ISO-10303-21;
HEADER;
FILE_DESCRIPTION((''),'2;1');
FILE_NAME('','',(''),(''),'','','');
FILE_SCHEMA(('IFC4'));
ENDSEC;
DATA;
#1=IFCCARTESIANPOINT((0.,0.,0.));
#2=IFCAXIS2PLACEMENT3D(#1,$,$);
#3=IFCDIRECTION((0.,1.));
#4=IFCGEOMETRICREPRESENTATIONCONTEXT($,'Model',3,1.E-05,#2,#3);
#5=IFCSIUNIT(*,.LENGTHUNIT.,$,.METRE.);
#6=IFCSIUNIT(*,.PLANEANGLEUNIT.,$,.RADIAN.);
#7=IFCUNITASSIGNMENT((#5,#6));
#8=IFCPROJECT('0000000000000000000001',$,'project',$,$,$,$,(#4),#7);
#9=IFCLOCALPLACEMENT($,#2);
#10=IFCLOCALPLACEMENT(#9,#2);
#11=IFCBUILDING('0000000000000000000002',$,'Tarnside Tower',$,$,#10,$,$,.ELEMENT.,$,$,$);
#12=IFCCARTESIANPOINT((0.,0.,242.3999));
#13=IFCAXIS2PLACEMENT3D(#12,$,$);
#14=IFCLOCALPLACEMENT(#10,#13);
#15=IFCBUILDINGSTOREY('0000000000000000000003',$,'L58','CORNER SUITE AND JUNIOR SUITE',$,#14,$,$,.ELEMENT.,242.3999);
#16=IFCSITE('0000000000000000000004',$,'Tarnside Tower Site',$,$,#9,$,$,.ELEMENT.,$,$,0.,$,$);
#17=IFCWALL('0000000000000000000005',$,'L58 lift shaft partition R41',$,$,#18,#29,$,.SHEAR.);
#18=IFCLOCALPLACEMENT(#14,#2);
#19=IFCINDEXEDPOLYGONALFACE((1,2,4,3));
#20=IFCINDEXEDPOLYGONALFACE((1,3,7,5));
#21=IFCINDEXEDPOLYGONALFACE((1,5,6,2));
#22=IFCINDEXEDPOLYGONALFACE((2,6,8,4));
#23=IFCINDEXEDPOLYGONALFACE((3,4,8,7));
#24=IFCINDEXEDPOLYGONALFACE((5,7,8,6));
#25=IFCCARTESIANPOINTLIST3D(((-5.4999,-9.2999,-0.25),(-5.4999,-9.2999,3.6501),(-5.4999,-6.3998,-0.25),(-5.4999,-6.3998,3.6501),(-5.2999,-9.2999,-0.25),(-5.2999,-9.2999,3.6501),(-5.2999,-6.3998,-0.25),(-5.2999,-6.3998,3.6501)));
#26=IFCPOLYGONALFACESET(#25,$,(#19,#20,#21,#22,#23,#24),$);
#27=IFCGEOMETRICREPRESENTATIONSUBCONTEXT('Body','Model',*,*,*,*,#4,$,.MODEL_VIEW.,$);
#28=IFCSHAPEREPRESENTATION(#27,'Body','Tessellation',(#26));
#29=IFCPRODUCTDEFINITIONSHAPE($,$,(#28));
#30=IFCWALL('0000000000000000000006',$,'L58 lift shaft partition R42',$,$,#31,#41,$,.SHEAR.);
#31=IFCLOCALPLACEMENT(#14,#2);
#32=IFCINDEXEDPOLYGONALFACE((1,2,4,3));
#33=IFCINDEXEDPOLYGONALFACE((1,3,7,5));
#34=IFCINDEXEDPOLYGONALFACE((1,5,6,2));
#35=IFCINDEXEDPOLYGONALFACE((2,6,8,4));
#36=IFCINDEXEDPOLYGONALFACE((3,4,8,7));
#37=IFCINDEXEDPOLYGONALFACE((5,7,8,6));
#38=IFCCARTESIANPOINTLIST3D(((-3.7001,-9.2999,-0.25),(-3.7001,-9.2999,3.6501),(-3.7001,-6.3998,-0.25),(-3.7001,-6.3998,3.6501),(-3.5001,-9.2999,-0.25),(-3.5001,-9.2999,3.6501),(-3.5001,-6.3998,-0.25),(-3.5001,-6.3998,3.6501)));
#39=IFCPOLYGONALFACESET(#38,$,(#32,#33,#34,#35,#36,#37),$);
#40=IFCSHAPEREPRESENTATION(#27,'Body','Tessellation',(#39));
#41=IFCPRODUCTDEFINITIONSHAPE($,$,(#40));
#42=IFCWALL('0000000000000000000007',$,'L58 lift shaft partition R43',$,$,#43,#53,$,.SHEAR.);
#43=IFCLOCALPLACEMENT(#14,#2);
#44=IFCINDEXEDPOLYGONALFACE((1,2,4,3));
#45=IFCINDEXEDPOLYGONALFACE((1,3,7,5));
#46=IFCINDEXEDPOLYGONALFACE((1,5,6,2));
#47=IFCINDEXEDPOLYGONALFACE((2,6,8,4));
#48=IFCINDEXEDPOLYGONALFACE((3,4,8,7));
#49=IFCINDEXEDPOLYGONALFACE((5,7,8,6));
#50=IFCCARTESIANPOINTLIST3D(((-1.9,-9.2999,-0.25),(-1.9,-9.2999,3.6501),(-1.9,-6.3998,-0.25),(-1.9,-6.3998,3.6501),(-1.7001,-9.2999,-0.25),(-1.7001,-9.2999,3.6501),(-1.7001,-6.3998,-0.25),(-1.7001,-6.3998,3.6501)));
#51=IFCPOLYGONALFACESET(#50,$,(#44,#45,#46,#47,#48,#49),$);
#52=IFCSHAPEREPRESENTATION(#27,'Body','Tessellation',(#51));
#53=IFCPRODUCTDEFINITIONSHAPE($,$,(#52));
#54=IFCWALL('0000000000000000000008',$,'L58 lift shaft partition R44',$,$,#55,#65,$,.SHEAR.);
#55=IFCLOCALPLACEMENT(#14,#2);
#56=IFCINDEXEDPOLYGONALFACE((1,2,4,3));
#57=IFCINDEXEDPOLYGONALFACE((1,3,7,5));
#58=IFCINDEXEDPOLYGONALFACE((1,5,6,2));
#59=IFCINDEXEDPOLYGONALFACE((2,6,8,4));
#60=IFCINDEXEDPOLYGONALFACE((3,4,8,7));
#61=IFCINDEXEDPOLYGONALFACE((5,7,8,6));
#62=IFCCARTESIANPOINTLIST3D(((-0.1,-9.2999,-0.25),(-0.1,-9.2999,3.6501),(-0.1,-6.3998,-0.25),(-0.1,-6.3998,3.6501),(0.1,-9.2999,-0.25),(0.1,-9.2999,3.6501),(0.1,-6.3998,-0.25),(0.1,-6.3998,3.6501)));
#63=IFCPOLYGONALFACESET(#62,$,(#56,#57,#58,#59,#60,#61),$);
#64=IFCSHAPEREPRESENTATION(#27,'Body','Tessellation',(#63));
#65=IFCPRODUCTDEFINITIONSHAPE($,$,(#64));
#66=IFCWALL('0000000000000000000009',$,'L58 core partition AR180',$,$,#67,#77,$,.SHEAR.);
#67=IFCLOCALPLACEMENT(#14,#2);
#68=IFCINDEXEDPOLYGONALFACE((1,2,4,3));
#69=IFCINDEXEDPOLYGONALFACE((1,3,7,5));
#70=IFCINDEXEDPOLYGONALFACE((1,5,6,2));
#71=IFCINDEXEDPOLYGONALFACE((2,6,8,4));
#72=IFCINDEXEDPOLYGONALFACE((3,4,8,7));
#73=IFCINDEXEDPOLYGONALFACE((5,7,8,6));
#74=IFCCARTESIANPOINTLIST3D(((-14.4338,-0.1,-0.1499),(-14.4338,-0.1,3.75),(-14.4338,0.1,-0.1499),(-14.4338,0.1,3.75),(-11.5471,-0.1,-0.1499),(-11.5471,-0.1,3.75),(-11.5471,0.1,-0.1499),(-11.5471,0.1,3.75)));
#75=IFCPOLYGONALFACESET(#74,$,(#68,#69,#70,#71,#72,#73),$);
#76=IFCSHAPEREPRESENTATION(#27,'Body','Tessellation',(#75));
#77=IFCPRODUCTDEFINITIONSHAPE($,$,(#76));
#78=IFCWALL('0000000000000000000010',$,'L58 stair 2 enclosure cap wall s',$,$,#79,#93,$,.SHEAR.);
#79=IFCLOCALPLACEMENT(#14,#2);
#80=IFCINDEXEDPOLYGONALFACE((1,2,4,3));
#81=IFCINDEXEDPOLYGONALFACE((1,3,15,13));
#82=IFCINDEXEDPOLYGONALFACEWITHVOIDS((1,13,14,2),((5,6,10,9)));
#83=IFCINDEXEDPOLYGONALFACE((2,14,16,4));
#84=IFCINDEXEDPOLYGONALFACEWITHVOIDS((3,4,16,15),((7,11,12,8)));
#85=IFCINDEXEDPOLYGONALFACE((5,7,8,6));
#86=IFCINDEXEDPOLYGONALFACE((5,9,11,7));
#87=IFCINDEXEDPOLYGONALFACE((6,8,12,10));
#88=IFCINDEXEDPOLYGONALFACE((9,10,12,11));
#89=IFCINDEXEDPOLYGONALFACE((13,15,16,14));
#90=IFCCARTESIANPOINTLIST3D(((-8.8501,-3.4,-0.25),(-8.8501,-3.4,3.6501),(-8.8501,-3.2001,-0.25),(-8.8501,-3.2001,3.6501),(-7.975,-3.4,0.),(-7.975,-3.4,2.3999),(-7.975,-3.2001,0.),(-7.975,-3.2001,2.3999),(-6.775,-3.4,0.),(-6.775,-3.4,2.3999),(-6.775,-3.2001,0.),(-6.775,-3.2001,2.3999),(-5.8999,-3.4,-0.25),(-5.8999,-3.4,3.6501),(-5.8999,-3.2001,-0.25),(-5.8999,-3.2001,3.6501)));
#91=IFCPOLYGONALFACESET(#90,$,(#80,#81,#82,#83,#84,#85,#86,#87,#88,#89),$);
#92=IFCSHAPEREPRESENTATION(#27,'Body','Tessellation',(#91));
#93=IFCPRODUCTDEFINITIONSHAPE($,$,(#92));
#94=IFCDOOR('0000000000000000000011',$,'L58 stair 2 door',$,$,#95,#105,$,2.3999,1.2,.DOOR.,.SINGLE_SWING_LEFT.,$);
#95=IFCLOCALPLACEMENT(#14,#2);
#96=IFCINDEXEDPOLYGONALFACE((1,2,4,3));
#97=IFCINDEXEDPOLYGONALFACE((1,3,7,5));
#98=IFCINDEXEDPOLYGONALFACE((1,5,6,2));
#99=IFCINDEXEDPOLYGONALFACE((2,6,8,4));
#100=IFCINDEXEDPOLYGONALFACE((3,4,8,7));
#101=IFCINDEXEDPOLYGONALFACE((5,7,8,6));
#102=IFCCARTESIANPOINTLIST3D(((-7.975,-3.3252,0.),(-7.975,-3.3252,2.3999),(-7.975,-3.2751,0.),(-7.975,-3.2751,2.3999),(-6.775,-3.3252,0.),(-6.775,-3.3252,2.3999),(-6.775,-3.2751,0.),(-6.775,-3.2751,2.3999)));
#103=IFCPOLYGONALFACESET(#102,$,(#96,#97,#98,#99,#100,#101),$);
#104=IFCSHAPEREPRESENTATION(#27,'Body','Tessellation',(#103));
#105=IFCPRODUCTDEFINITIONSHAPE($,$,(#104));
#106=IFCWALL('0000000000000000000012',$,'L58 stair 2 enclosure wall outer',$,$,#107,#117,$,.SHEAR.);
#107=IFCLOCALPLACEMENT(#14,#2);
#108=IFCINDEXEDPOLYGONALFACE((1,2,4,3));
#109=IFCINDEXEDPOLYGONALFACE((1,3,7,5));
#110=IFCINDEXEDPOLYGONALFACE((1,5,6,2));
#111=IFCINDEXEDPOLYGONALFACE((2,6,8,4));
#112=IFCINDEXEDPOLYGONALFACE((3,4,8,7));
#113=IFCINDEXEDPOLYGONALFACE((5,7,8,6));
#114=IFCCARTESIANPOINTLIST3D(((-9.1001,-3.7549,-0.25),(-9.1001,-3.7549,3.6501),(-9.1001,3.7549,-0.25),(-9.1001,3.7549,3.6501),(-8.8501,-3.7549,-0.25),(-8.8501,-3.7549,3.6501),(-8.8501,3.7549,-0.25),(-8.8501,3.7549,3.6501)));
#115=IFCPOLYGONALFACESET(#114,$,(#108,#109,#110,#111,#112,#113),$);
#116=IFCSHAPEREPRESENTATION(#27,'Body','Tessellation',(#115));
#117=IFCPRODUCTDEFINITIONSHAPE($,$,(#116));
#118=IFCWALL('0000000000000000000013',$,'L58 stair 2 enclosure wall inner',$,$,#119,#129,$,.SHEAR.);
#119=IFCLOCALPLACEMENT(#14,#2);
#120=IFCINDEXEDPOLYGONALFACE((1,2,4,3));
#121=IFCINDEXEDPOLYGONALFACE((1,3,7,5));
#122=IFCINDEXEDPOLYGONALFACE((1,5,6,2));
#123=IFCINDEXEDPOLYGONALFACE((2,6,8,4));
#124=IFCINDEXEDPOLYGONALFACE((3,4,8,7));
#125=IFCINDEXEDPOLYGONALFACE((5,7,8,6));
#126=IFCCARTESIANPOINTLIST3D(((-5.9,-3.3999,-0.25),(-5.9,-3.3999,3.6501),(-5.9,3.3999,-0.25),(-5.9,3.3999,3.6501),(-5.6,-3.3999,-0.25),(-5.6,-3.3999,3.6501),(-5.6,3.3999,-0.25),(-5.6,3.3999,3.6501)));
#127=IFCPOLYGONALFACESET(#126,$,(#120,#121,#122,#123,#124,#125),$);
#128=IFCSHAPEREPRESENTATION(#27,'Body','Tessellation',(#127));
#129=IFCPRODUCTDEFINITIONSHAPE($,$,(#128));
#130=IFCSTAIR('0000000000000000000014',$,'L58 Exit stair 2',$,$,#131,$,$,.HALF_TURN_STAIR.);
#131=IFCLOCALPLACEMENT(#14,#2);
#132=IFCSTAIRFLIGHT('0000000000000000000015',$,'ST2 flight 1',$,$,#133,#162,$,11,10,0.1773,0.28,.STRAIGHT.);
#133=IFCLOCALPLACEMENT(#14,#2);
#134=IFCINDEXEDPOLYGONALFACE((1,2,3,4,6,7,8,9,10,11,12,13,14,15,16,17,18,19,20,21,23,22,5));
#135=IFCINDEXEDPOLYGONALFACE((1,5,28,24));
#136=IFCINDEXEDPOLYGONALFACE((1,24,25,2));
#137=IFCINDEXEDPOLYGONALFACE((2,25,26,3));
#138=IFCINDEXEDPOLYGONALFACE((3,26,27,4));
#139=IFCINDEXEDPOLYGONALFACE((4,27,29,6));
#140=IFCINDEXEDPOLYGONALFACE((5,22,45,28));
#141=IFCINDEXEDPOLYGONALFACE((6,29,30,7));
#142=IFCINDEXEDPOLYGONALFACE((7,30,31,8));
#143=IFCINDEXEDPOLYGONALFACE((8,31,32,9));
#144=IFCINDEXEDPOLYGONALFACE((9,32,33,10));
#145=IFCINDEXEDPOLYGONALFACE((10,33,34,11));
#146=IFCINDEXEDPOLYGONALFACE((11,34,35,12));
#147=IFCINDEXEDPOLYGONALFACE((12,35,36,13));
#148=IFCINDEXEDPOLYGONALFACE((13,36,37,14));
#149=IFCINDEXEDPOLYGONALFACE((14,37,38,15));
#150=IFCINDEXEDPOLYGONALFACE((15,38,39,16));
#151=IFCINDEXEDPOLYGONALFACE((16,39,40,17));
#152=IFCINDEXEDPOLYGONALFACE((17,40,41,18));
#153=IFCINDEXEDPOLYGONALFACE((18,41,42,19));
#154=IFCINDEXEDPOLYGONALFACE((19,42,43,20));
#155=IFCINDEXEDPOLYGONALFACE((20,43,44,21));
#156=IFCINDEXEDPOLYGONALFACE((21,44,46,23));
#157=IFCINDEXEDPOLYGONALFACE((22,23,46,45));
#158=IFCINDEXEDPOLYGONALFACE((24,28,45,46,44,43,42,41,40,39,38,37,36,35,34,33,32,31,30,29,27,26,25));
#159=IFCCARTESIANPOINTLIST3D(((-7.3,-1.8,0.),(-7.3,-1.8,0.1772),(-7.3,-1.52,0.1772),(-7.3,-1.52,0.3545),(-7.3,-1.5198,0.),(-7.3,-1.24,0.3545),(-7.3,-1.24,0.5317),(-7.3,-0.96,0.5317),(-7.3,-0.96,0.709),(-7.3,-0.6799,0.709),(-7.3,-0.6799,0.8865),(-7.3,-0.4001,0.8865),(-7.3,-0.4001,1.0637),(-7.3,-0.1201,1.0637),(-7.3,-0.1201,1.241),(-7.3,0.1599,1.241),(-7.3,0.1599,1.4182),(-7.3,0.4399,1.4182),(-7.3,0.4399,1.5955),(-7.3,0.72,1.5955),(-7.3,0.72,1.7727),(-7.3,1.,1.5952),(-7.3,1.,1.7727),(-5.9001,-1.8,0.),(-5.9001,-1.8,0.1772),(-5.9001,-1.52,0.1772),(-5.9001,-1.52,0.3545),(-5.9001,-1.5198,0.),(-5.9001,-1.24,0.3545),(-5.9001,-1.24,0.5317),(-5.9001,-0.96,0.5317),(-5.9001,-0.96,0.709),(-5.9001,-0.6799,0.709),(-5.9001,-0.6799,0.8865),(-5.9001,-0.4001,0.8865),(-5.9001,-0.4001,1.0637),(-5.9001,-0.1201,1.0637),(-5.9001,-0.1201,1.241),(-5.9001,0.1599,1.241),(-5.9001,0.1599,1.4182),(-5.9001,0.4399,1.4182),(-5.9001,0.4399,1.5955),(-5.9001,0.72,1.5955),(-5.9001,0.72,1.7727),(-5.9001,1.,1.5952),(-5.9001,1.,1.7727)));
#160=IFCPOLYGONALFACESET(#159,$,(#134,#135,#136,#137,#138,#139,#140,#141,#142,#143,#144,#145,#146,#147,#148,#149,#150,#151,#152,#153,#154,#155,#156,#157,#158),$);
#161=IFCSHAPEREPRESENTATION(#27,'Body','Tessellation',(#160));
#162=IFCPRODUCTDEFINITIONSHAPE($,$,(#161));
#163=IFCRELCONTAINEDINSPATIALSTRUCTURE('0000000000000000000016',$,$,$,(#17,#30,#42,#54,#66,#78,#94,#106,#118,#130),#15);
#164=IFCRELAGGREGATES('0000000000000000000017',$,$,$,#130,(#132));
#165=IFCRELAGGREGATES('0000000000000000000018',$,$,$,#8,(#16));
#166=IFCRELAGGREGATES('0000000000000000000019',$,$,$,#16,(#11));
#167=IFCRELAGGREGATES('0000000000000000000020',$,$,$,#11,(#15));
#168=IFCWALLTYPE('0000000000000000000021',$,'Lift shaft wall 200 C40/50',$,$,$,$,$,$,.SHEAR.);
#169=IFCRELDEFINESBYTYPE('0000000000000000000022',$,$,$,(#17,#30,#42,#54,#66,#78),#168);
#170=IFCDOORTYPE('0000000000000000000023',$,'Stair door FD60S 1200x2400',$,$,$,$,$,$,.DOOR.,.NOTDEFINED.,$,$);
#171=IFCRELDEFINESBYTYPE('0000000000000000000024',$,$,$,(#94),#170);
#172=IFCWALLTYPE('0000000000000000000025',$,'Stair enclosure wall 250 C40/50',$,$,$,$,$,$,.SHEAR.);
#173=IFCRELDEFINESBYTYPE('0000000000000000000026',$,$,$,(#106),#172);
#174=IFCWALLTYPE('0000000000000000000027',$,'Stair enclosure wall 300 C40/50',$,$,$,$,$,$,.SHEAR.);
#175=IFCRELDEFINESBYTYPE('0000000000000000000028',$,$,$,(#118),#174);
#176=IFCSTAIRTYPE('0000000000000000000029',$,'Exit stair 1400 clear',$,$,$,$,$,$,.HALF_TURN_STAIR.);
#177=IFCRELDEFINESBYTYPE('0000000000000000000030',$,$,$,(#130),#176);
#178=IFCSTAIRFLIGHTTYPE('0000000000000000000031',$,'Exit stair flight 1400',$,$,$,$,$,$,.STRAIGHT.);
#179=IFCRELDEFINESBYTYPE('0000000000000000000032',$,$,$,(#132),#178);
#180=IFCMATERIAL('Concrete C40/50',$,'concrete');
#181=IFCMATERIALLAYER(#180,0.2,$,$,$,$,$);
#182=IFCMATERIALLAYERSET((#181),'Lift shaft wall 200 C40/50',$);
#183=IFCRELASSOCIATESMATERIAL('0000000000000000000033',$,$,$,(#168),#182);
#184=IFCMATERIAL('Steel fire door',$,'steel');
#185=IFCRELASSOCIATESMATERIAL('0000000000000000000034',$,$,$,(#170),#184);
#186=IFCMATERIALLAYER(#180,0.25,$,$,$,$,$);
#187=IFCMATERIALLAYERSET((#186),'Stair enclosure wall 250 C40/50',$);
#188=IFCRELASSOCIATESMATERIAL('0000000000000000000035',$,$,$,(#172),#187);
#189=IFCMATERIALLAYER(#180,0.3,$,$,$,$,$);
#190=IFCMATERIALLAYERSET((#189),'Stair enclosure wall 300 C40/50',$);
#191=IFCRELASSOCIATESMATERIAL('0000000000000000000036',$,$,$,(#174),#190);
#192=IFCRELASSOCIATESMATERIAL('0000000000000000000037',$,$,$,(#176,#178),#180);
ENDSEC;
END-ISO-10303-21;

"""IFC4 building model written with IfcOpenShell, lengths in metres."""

from ifc_helpers import new_model, si_unit, direction, frame, frame_2d, origin, place, context, subcontext, project, spatial, polyline, rectangle, outline, extrude, material, layer, layer_set, type_object, element, fill, aggregate, save


model = new_model("IFC4")

# Units and contexts
model_context = context("Model", 3, precision=1e-05, world=origin(), true_north=direction((0.0, 1.0)))
body_context = subcontext(model_context, "Body", "Model", "MODEL_VIEW")
ifc_project = project(units=[si_unit("LENGTHUNIT", "METRE"), si_unit("PLANEANGLEUNIT", "RADIAN")], contexts=[model_context])

# Site, building, storey
site_placement = place(None, origin())
site = spatial("IfcSite", under=ifc_project, at=site_placement, Name="Tarnside Tower Site", CompositionType="ELEMENT", RefElevation=0.0)
building_placement = place(site_placement, origin())
building = spatial("IfcBuilding", under=site, at=building_placement, Name="Tarnside Tower", CompositionType="ELEMENT")
storey_placement = place(building_placement, frame((0.0, 0.0, 242.3999)))
storey = spatial("IfcBuildingStorey", under=building, at=storey_placement, Name="L58", Description="CORNER SUITE AND JUNIOR SUITE", CompositionType="ELEMENT", Elevation=242.3999)

# Shared definitions
ifc_material_1 = material(Name="Concrete C40/50", Category="concrete")

# Shared definitions
ifc_layer_1 = layer(ifc_material_1, 0.2)
ifc_layer_set_1 = layer_set([ifc_layer_1], Name="Lift shaft wall 200 C40/50")
wall_type_1 = type_object("IfcWallType", Name="Lift shaft wall 200 C40/50", PredefinedType="SHEAR", material=ifc_layer_set_1)

# Walls
for number, where, z_axis, x_axis, name in (
    (1, (-5.3999, -9.3, -0.25), (0.0, 0.0, 1.0), (0.0, 1.0, 0.0), "L58 lift shaft partition R41"),
    (2, (-3.6001, -9.3, -0.25), (0.0, 0.0, 1.0), (0.0, 1.0, 0.0), "L58 lift shaft partition R42"),
    (3, (-1.8, -9.3, -0.25), (0.0, 0.0, 1.0), (0.0, 1.0, 0.0), "L58 lift shaft partition R43"),
    (4, (0.0, -9.3, -0.25), (0.0, 0.0, 1.0), (0.0, 1.0, 0.0), "L58 lift shaft partition R44"),
):
    element("IfcWall", number, at=place(storey_placement, frame(where, z_axis=z_axis, x_axis=x_axis)), inside=storey, type_object=wall_type_1, Name=name, PredefinedType="SHEAR", context=body_context, shape_type="SweptSolid", body=[
        extrude(rectangle(XDim=2.9001, YDim=0.2, at=frame_2d((1.4502, 0.0))), origin(), (0.0, 0.0, 1.0), 3.9001),
    ])
wall_1_placement = place(storey_placement, frame((-11.5471, 0.0, -0.1499), z_axis=(0.0, 0.0, 1.0), x_axis=(-1.0, 0.0, 0.0)))
element("IfcWall", 5, at=wall_1_placement, inside=storey, type_object=wall_type_1, Name="L58 core partition AR180", PredefinedType="SHEAR", context=body_context, shape_type="SweptSolid", body=[
    extrude(rectangle(XDim=2.8867, YDim=0.2, at=frame_2d((1.4434, 0.0))), origin(), (0.0, 0.0, 1.0), 3.8999),
])

# Wall, opening, door
wall_2_placement = place(storey_placement, frame((-8.8501, -3.3, -0.25), z_axis=(0.0, 0.0, 1.0), x_axis=(1.0, 0.0, 0.0)))
wall_2 = element("IfcWall", 6, at=wall_2_placement, inside=storey, type_object=wall_type_1, Name="L58 stair 2 enclosure cap wall s", PredefinedType="SHEAR", context=body_context, shape_type="SweptSolid", body=[
    extrude(rectangle(XDim=2.9502, YDim=0.2, at=frame_2d((1.4751, 0.0))), origin(), (0.0, 0.0, 1.0), 3.9001),
])
opening_1_placement = place(wall_2_placement, frame((0.875, 0.0, 0.25)))
opening_1 = element("IfcOpeningElement", 7, at=opening_1_placement, cuts=wall_2, PredefinedType="OPENING", context=body_context, shape_type="SweptSolid", body=[
    extrude(rectangle(XDim=1.2, YDim=2.3999, at=frame_2d((0.6001, 1.2))), frame((0.0, 0.1099, 0.0), z_axis=(0.0, -1.0, 0.0), x_axis=(1.0, 0.0, 0.0)), (0.0, 0.0, 1.0), 0.22),
])
ifc_material_2 = material(Name="Steel fire door", Category="steel")
door_type_1 = type_object("IfcDoorType", Name="Stair door FD60S 1200x2400", OperationType="NOTDEFINED", PredefinedType="DOOR", material=ifc_material_2)
door_1_placement = place(opening_1_placement, origin())
door_1 = element("IfcDoor", 8, at=door_1_placement, inside=storey, type_object=door_type_1, Name="L58 stair 2 door", OperationType="SINGLE_SWING_LEFT", OverallHeight=2.3999, OverallWidth=1.2, PredefinedType="DOOR", context=body_context, shape_type="SweptSolid", body=[
    extrude(rectangle(XDim=1.2, YDim=2.3999, at=frame_2d((0.6001, 1.2))), frame((0.0, 0.0249, 0.0), z_axis=(0.0, -1.0, 0.0), x_axis=(1.0, 0.0, 0.0)), (0.0, 0.0, 1.0), 0.05),
])
fill(opening_1, door_1)

# Walls
ifc_layer_2 = layer(ifc_material_1, 0.25)
ifc_layer_set_2 = layer_set([ifc_layer_2], Name="Stair enclosure wall 250 C40/50")
wall_type_2 = type_object("IfcWallType", Name="Stair enclosure wall 250 C40/50", PredefinedType="SHEAR", material=ifc_layer_set_2)
wall_3_placement = place(storey_placement, frame((-8.9751, -3.7549, -0.25), z_axis=(0.0, 0.0, 1.0), x_axis=(0.0, 1.0, 0.0)))
element("IfcWall", 9, at=wall_3_placement, inside=storey, type_object=wall_type_2, Name="L58 stair 2 enclosure wall outer", PredefinedType="SHEAR", context=body_context, shape_type="SweptSolid", body=[
    extrude(rectangle(XDim=7.5098, YDim=0.25, at=frame_2d((3.7549, 0.0))), origin(), (0.0, 0.0, 1.0), 3.9001),
])
ifc_layer_3 = layer(ifc_material_1, 0.3)
ifc_layer_set_3 = layer_set([ifc_layer_3], Name="Stair enclosure wall 300 C40/50")
wall_type_3 = type_object("IfcWallType", Name="Stair enclosure wall 300 C40/50", PredefinedType="SHEAR", material=ifc_layer_set_3)
wall_4_placement = place(storey_placement, frame((-5.75, -3.3999, -0.25), z_axis=(0.0, 0.0, 1.0), x_axis=(0.0, 1.0, 0.0)))
element("IfcWall", 10, at=wall_4_placement, inside=storey, type_object=wall_type_3, Name="L58 stair 2 enclosure wall inner", PredefinedType="SHEAR", context=body_context, shape_type="SweptSolid", body=[
    extrude(rectangle(XDim=6.7998, YDim=0.3, at=frame_2d((3.3999, 0.0))), origin(), (0.0, 0.0, 1.0), 3.9001),
])

# Stair, stair flight
stair_type = type_object("IfcStairType", Name="Exit stair 1400 clear", PredefinedType="HALF_TURN_STAIR", material=ifc_material_1)
stair_placement = place(storey_placement, origin())
stair = element("IfcStair", 11, at=stair_placement, inside=storey, type_object=stair_type, Name="L58 Exit stair 2", PredefinedType="HALF_TURN_STAIR")
stair_flight_type = type_object("IfcStairFlightType", Name="Exit stair flight 1400", PredefinedType="STRAIGHT", material=ifc_material_1)
stair_flight_placement = place(storey_placement, frame((-6.6001, -1.8, 0.0), z_axis=(0.0, 0.0, 1.0), x_axis=(0.0, 1.0, 0.0)))
stair_flight = element("IfcStairFlight", 12, at=stair_flight_placement, type_object=stair_flight_type, Name="ST2 flight 1", NumberOfRisers=11, NumberOfTreads=10, PredefinedType="STRAIGHT", RiserHeight=0.1773, TreadLength=0.28, context=body_context, shape_type="SweptSolid", body=[
    extrude(outline(polyline([(0.0, 0.0), (0.0, 0.1772), (0.28, 0.1772), (0.28, 0.3545), (0.5601, 0.3545), (0.5601, 0.5317), (0.8401, 0.5317), (0.8401, 0.709), (1.1201, 0.709), (1.1201, 0.8865), (1.3999, 0.8865), (1.3999, 1.0637), (1.6799, 1.0637), (1.6799, 1.241), (1.96, 1.241), (1.96, 1.4182), (2.24, 1.4182), (2.24, 1.5955), (2.52, 1.5955), (2.52, 1.7727), (2.8, 1.7727), (2.8, 1.95), (2.8, 1.5952), (0.2803, 0.0), (0.0, 0.0)])), frame((0.0, 0.7, 0.0), z_axis=(0.0, -1.0, 0.0), x_axis=(1.0, 0.0, 0.0)), (0.0, 0.0, 1.0), 1.3999),
])
aggregate(stair, [stair_flight])

save(model, "model.ifc")
